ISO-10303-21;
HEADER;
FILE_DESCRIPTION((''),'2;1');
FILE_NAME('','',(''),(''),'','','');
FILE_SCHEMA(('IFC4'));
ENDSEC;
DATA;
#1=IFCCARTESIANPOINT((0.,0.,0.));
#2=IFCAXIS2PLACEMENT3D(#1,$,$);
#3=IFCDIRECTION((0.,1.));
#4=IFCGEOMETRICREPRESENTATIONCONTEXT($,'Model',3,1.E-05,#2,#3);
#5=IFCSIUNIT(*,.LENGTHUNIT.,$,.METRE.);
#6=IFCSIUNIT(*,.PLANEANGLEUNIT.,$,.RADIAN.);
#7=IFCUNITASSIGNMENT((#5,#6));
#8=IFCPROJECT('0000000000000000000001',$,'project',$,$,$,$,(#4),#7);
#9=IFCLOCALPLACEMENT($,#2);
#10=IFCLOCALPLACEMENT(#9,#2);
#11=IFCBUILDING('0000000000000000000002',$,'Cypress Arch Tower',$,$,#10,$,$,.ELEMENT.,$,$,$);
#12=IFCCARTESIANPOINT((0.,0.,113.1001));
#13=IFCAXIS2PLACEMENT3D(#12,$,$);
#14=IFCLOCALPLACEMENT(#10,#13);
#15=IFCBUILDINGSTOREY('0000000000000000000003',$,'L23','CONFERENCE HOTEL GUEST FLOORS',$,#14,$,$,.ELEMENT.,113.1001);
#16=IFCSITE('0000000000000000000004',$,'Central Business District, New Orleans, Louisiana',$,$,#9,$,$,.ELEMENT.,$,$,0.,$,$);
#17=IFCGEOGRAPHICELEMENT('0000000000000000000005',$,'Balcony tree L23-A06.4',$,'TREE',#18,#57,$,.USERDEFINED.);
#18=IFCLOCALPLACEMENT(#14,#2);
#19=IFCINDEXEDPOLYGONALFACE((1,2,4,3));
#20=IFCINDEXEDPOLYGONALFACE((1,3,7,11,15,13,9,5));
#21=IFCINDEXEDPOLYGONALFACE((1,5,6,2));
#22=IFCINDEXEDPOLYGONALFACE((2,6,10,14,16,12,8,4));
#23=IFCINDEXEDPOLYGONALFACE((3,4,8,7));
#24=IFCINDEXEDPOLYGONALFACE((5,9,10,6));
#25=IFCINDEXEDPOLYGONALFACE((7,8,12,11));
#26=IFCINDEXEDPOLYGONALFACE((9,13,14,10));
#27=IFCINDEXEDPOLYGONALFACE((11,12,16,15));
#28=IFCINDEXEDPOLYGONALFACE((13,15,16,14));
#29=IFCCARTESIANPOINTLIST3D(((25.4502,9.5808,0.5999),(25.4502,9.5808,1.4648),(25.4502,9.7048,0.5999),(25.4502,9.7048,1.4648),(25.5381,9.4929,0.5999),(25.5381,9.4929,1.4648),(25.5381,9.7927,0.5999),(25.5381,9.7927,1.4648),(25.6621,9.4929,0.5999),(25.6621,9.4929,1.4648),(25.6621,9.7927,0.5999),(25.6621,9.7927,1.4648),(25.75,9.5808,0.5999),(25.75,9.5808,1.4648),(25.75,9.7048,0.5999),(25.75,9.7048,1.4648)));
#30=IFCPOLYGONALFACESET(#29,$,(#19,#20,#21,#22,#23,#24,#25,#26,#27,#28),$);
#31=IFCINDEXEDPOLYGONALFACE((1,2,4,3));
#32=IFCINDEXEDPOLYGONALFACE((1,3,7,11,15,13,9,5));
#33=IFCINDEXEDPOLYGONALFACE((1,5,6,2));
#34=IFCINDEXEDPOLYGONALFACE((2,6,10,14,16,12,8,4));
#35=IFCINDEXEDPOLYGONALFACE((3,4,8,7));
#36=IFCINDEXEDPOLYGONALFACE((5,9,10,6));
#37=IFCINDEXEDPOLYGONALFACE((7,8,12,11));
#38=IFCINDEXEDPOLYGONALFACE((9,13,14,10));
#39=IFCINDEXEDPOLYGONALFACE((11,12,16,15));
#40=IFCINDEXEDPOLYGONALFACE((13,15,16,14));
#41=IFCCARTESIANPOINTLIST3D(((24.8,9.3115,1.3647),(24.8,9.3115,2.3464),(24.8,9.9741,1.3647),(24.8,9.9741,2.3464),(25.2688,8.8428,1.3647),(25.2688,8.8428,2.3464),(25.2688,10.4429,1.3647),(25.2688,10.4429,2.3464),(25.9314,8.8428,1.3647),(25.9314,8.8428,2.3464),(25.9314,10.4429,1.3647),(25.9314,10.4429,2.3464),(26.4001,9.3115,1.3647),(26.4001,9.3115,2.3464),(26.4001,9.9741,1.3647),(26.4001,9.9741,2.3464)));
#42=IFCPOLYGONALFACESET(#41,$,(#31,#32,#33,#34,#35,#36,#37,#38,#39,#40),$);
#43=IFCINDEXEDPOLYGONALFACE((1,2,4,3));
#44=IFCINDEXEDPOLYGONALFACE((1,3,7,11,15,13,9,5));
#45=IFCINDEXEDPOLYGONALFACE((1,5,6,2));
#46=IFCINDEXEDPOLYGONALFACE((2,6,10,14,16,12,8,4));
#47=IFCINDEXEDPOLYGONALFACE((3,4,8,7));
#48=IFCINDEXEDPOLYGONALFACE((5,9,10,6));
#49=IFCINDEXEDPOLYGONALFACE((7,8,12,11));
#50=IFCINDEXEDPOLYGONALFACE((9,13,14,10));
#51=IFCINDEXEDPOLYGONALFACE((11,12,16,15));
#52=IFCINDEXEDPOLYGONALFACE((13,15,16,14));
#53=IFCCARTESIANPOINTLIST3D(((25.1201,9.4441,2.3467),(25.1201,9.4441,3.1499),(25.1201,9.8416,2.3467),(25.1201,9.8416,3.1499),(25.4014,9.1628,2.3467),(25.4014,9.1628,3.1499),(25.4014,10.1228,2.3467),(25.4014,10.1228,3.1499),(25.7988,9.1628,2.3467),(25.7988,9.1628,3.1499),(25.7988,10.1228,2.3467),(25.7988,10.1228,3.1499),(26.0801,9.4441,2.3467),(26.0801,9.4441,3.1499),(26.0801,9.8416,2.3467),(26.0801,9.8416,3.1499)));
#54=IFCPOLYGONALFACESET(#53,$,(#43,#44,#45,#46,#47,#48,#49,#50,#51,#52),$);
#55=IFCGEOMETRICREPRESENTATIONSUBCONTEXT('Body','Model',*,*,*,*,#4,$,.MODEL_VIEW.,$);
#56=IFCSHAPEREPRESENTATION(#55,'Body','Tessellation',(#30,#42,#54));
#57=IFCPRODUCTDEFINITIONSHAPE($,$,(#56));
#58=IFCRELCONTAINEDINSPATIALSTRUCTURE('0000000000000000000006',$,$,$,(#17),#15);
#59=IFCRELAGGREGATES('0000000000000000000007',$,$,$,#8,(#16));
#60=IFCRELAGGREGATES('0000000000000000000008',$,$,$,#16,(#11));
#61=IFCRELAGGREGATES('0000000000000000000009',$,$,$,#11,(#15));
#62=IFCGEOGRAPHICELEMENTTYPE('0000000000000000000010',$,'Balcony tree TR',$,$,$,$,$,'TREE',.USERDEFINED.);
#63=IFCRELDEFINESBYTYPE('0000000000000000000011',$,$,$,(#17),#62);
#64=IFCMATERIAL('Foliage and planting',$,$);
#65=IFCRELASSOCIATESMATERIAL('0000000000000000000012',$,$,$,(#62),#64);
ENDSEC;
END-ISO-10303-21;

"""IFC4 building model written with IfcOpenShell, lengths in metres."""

from ifc_helpers import new_model, si_unit, direction, frame, origin, place, context, subcontext, project, spatial, polyline, outline, extrude, material, type_object, element, save


model = new_model("IFC4")

# Units and contexts
model_context = context("Model", 3, precision=1e-05, world=origin(), true_north=direction((0.0, 1.0)))
body_context = subcontext(model_context, "Body", "Model", "MODEL_VIEW")
ifc_project = project(units=[si_unit("LENGTHUNIT", "METRE"), si_unit("PLANEANGLEUNIT", "RADIAN")], contexts=[model_context])

# Site, building, storey
site_placement = place(None, origin())
site = spatial("IfcSite", under=ifc_project, at=site_placement, Name="Central Business District, New Orleans, Louisiana", CompositionType="ELEMENT", RefElevation=0.0)
building_placement = place(site_placement, origin())
building = spatial("IfcBuilding", under=site, at=building_placement, Name="Cypress Arch Tower", CompositionType="ELEMENT")
storey_placement = place(building_placement, frame((0.0, 0.0, 113.1001)))
storey = spatial("IfcBuildingStorey", under=building, at=storey_placement, Name="L23", Description="CONFERENCE HOTEL GUEST FLOORS", CompositionType="ELEMENT", Elevation=113.1001)

# Geographic element
ifc_material_1 = material(Name="Foliage and planting")
geographic_element_type = type_object("IfcGeographicElementType", Name="Balcony tree TR", ElementType="TREE", PredefinedType="USERDEFINED", material=ifc_material_1)
for number, where, z_axis, x_axis, name in (
    (1, (25.6001, 9.6428, 0.5999), (0.0, 0.0, 1.0), (1.0, 0.0, 0.0), "Balcony tree L23-A06.4"),
):
    element("IfcGeographicElement", number, at=place(storey_placement, frame(where, z_axis=z_axis, x_axis=x_axis)), inside=storey, type_object=geographic_element_type, Name=name, ObjectType="TREE", PredefinedType="USERDEFINED", context=body_context, shape_type="SweptSolid", body=[
        extrude(outline(polyline([(0.1499, 0.062), (0.062, 0.1499), (-0.062, 0.1499), (-0.1499, 0.062), (-0.1499, -0.062), (-0.062, -0.1499), (0.062, -0.1499), (0.1499, -0.062), (0.1499, 0.062)])), origin(), (0.0, 0.0, 1.0), 0.865),
        extrude(outline(polyline([(0.8, 0.3313), (0.3313, 0.8), (-0.3313, 0.8), (-0.8, 0.3313), (-0.8, -0.3313), (-0.3313, -0.8), (0.3313, -0.8), (0.8, -0.3313), (0.8, 0.3313)])), frame((0.0, 0.0, 0.7649)), (0.0, 0.0, 1.0), 0.9817),
        extrude(outline(polyline([(0.48, 0.1987), (0.1987, 0.48), (-0.1987, 0.48), (-0.48, 0.1987), (-0.48, -0.1987), (-0.1987, -0.48), (0.1987, -0.48), (0.48, -0.1987), (0.48, 0.1987)])), frame((0.0, 0.0, 1.7468)), (0.0, 0.0, 1.0), 0.8032),
    ])

save(model, "model.ifc")
